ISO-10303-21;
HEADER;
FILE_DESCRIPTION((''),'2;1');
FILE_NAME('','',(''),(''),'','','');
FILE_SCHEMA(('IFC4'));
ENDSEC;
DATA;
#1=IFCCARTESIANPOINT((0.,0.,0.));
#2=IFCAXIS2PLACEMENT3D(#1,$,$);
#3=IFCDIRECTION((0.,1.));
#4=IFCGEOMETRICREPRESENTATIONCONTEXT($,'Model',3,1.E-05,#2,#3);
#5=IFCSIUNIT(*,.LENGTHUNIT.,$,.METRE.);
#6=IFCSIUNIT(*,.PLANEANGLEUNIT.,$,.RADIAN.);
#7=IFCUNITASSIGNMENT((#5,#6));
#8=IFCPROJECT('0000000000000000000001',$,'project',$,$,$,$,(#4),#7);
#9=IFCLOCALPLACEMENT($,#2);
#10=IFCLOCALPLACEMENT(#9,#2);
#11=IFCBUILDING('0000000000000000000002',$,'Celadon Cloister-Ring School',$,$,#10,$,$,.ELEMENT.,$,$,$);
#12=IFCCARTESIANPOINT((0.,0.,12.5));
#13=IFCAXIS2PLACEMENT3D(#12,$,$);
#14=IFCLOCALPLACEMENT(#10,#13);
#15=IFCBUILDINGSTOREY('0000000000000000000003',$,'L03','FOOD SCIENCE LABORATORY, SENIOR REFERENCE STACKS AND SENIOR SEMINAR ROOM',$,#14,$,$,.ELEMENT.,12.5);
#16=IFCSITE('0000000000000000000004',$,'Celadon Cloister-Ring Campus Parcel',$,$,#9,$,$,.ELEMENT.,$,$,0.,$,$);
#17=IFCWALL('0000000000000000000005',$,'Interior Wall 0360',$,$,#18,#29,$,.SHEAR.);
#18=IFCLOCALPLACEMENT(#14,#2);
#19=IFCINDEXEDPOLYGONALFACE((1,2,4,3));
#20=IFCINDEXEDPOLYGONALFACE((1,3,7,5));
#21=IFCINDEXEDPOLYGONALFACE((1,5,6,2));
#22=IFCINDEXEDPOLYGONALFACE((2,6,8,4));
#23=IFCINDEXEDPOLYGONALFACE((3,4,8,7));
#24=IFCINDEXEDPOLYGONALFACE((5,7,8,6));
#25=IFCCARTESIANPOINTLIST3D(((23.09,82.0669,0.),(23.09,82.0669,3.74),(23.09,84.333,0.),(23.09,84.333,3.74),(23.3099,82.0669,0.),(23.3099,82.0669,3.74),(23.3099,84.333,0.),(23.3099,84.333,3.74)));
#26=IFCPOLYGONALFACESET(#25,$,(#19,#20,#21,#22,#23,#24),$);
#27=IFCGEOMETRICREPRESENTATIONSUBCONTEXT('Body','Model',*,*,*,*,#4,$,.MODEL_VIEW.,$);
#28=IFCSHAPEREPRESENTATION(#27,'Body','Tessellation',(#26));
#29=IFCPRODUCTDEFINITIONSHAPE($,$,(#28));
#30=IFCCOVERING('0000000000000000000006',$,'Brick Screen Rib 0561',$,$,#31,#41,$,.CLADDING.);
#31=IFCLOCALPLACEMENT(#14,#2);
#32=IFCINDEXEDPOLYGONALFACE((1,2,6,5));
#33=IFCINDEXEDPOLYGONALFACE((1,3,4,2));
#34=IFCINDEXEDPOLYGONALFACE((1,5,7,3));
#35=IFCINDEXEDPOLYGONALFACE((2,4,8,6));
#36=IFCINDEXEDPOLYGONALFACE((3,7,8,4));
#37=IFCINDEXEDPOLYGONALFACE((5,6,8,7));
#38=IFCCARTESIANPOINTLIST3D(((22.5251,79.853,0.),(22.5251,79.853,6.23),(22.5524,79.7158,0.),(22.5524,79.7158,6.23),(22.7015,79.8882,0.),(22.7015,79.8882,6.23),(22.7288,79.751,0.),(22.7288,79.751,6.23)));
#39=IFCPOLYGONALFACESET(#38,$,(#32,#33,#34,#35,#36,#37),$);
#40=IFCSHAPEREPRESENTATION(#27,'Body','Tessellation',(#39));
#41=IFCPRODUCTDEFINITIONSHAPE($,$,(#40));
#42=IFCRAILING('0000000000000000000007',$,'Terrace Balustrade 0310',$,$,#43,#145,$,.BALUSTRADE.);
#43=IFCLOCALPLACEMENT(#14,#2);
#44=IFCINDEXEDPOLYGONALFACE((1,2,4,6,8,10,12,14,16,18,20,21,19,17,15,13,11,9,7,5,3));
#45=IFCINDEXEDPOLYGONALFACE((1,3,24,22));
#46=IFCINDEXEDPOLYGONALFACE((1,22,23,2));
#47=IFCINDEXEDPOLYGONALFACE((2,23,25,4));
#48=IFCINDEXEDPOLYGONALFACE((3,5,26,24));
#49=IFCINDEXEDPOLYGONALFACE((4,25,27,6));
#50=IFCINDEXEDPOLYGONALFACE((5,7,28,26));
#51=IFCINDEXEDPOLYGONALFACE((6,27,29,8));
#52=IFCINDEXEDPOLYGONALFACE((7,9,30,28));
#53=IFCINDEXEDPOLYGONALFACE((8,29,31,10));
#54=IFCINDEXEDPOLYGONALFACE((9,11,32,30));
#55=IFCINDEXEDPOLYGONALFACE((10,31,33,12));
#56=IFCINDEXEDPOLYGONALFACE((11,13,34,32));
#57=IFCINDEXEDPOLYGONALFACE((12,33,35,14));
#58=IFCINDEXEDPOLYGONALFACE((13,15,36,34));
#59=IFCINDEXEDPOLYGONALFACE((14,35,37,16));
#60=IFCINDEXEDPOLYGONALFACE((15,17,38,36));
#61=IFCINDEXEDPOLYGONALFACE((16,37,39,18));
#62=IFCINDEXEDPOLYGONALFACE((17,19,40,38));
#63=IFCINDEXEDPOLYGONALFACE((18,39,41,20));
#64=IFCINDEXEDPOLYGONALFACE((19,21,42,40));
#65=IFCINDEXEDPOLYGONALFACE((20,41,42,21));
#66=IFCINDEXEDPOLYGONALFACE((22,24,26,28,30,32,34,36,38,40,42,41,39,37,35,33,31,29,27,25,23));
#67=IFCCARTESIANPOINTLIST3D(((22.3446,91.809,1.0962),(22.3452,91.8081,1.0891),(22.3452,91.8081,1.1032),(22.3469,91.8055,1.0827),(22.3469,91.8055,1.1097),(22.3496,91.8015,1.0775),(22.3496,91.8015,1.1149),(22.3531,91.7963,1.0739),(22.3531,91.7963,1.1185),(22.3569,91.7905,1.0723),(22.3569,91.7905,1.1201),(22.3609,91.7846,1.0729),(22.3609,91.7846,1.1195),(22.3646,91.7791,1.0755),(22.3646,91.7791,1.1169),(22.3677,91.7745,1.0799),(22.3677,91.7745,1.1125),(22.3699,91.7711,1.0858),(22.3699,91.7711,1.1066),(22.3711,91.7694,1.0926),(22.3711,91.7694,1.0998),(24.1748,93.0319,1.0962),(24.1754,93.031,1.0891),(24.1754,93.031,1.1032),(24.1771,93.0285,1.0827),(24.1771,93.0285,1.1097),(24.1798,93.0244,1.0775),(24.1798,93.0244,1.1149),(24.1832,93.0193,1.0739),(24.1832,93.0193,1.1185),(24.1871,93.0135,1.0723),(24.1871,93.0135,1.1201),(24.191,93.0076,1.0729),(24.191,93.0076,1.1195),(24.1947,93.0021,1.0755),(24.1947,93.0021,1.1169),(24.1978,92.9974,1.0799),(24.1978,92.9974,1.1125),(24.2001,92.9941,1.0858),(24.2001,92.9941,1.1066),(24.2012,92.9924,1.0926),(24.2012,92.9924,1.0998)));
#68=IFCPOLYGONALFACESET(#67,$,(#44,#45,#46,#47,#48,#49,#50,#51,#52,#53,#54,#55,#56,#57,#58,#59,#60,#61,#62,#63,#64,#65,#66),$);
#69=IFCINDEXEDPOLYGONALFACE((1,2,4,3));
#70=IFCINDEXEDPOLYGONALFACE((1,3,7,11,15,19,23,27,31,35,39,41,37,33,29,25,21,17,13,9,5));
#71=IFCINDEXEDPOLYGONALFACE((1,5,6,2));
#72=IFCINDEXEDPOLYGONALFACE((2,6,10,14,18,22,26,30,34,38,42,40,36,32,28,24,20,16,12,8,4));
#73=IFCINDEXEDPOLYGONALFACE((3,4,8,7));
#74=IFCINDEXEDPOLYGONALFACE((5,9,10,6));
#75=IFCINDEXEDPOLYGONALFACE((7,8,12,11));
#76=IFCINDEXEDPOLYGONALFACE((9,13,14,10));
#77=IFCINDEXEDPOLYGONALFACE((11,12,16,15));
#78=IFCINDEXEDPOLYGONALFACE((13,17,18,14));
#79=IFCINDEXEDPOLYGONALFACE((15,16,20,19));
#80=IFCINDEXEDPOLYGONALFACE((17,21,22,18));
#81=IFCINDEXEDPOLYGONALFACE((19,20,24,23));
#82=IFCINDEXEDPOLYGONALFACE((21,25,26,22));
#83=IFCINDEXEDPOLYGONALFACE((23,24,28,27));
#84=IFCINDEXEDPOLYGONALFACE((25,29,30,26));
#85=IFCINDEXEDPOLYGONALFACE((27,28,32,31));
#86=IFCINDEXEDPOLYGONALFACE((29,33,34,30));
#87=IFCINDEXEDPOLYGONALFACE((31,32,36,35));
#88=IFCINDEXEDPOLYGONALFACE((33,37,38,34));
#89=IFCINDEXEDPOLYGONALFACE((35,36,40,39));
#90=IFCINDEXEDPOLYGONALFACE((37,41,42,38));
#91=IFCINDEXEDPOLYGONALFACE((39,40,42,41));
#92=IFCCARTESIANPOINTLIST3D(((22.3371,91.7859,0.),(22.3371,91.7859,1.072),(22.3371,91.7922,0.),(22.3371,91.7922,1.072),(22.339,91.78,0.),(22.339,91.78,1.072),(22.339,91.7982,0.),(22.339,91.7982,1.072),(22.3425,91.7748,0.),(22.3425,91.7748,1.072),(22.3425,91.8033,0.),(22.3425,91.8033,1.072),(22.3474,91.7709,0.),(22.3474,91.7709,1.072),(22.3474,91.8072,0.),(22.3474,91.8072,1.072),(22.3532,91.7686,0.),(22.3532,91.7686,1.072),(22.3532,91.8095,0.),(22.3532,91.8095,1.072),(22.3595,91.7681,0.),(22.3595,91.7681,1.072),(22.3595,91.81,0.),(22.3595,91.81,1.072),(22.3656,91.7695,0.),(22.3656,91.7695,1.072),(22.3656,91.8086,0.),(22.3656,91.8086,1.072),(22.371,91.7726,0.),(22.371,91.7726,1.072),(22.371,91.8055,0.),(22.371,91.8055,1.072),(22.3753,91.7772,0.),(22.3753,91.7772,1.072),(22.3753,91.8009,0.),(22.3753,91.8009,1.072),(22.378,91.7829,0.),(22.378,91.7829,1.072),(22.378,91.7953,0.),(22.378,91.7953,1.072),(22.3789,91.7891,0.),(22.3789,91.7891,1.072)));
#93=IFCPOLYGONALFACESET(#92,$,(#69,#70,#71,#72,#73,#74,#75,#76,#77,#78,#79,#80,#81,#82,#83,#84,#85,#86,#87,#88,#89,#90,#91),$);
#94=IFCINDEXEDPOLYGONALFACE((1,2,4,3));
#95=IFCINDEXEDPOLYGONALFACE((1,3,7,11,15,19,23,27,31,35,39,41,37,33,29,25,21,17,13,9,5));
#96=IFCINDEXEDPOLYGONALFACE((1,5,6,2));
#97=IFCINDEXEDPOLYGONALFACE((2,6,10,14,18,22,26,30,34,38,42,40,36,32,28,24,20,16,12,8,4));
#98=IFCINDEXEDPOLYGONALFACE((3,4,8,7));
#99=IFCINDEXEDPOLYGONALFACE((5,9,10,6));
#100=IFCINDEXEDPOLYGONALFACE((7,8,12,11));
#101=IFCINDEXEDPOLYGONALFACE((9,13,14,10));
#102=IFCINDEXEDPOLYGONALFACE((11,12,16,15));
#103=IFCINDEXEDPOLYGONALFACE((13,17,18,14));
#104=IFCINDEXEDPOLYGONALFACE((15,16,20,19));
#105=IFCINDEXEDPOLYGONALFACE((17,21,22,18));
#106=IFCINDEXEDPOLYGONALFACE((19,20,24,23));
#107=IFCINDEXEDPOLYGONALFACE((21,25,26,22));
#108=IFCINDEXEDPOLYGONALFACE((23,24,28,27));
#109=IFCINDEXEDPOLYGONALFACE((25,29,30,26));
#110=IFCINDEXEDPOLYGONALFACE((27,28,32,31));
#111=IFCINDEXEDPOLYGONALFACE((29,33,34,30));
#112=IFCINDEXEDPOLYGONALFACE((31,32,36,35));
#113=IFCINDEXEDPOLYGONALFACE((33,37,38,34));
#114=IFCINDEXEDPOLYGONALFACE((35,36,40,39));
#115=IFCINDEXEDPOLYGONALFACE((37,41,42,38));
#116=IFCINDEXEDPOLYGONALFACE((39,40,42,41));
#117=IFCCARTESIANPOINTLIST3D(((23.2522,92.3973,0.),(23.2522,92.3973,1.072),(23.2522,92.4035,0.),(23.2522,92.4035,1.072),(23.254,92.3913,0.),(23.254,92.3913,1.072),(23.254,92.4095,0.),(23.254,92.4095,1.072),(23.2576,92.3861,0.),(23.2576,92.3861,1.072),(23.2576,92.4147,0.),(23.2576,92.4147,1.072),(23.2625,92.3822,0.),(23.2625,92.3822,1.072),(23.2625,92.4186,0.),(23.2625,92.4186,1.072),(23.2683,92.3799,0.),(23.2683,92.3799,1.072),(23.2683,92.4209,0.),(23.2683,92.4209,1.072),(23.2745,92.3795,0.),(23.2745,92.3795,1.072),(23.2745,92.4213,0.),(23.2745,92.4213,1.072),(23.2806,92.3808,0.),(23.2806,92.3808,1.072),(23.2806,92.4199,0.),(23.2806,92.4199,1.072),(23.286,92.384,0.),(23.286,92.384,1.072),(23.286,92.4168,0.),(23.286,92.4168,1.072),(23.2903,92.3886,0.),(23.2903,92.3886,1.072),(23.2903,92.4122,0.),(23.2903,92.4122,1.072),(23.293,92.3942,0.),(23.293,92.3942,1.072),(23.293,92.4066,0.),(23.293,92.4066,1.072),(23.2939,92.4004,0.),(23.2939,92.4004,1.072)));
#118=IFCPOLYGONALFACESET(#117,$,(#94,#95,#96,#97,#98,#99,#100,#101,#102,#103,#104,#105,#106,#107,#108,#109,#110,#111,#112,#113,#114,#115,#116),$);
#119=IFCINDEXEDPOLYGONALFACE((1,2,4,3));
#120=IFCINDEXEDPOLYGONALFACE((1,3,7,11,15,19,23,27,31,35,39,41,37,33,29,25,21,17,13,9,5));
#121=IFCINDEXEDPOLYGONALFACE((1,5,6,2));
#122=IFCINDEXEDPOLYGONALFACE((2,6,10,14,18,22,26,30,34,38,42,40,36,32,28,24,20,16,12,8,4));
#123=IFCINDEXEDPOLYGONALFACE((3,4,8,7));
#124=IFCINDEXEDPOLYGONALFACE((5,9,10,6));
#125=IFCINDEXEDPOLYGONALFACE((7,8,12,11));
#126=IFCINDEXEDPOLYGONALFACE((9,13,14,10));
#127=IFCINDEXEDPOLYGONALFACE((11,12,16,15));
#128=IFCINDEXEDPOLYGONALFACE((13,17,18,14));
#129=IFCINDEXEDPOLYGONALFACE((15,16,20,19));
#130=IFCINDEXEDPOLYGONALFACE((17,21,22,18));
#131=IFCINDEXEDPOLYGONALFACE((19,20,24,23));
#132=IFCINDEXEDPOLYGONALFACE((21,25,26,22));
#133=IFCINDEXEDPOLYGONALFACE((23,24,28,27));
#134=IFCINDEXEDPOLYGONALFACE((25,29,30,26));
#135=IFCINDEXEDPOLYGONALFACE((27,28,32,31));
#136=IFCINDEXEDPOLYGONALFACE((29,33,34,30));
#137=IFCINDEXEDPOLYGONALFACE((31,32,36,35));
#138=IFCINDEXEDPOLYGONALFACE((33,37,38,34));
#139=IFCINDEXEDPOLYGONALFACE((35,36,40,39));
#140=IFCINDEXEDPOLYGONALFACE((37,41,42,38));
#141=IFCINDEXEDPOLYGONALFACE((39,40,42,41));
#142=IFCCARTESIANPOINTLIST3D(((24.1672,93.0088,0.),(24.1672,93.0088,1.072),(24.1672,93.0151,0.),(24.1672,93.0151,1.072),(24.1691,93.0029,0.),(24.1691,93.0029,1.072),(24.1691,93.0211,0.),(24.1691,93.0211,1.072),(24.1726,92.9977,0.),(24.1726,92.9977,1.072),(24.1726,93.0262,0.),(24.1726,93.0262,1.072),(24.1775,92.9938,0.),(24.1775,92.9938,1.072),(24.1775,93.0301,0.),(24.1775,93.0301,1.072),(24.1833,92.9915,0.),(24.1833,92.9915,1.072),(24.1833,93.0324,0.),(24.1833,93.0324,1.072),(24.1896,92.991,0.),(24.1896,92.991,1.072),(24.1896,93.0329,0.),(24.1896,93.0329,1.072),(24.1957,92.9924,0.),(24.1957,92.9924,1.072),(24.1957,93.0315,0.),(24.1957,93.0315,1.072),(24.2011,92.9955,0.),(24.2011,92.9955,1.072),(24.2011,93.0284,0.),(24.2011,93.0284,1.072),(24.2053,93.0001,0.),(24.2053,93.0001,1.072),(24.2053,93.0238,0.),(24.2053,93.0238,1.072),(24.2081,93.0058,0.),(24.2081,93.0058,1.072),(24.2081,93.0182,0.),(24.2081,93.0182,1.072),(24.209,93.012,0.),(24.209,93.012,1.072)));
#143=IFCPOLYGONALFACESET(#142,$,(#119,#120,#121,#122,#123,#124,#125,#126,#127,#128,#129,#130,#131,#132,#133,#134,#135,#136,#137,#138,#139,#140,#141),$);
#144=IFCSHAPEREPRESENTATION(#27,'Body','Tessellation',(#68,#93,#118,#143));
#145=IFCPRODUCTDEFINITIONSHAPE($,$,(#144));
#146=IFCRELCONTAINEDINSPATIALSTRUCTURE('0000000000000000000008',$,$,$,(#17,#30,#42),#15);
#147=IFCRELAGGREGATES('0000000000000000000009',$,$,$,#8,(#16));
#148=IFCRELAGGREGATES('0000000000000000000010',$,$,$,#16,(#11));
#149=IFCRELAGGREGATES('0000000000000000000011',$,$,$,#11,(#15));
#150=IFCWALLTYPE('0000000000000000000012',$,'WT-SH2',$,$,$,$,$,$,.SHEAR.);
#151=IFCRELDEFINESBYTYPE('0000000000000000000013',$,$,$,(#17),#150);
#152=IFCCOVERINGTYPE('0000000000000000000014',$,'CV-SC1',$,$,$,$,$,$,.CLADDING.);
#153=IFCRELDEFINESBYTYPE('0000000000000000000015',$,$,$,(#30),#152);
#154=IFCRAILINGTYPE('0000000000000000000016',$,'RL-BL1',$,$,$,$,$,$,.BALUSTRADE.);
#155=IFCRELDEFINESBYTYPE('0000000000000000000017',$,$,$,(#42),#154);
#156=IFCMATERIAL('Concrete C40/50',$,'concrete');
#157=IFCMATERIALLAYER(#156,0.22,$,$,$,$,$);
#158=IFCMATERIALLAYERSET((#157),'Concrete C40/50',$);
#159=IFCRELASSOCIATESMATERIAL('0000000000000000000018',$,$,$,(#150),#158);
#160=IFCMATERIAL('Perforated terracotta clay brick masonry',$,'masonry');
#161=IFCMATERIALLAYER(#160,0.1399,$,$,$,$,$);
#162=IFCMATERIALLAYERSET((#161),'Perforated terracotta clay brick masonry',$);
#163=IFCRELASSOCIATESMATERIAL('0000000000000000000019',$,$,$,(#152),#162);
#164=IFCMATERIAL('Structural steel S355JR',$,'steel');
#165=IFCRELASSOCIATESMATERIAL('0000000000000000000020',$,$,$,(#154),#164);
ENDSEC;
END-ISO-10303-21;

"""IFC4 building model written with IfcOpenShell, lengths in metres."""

from ifc_helpers import new_model, si_unit, direction, frame, frame_2d, origin, origin_2d, place, context, subcontext, project, spatial, rectangle, circle, extrude, material, layer, layer_set, type_object, element, save


model = new_model("IFC4")

# Units and contexts
model_context = context("Model", 3, precision=1e-05, world=origin(), true_north=direction((0.0, 1.0)))
body_context = subcontext(model_context, "Body", "Model", "MODEL_VIEW")
ifc_project = project(units=[si_unit("LENGTHUNIT", "METRE"), si_unit("PLANEANGLEUNIT", "RADIAN")], contexts=[model_context])

# Site, building, storey
site_placement = place(None, origin())
site = spatial("IfcSite", under=ifc_project, at=site_placement, Name="Celadon Cloister-Ring Campus Parcel", CompositionType="ELEMENT", RefElevation=0.0)
building_placement = place(site_placement, origin())
building = spatial("IfcBuilding", under=site, at=building_placement, Name="Celadon Cloister-Ring School", CompositionType="ELEMENT")
storey_placement = place(building_placement, frame((0.0, 0.0, 12.5)))
storey = spatial("IfcBuildingStorey", under=building, at=storey_placement, Name="L03", Description="FOOD SCIENCE LABORATORY, SENIOR REFERENCE STACKS AND SENIOR SEMINAR ROOM", CompositionType="ELEMENT", Elevation=12.5)

# Wall
ifc_material_1 = material(Name="Concrete C40/50", Category="concrete")
ifc_layer_1 = layer(ifc_material_1, 0.22)
ifc_layer_set_1 = layer_set([ifc_layer_1], Name="Concrete C40/50")
wall_type_1 = type_object("IfcWallType", Name="WT-SH2", PredefinedType="SHEAR", material=ifc_layer_set_1)
wall_1_placement = place(storey_placement, frame((23.2, 82.0669, 0.0), z_axis=(0.0, 0.0, 1.0), x_axis=(0.0, 1.0, 0.0)))
element("IfcWall", 1, at=wall_1_placement, inside=storey, type_object=wall_type_1, Name="Interior Wall 0360", PredefinedType="SHEAR", context=body_context, shape_type="SweptSolid", body=[
    extrude(rectangle(XDim=2.2661, YDim=0.22, at=frame_2d((1.1331, 0.0))), origin(), (0.0, 0.0, 1.0), 3.74),
])

# Covering
ifc_material_2 = material(Name="Perforated terracotta clay brick masonry", Category="masonry")
ifc_layer_2 = layer(ifc_material_2, 0.1399)
ifc_layer_set_2 = layer_set([ifc_layer_2], Name="Perforated terracotta clay brick masonry")
covering_type = type_object("IfcCoveringType", Name="CV-SC1", PredefinedType="CLADDING", material=ifc_layer_set_2)
covering_placement = place(storey_placement, frame((22.627, 79.802, 0.0), z_axis=(0.0, 0.0, 1.0), x_axis=(-0.980775, -0.195142, 0.0)))
element("IfcCovering", 2, at=covering_placement, inside=storey, type_object=covering_type, Name="Brick Screen Rib 0561", PredefinedType="CLADDING", context=body_context, shape_type="SweptSolid", body=[
    extrude(rectangle(XDim=0.1799, YDim=0.1399, at=origin_2d()), origin(), (0.0, 0.0, 1.0), 6.23),
])

# Railing
ifc_material_3 = material(Name="Structural steel S355JR", Category="steel")
railing_type = type_object("IfcRailingType", Name="RL-BL1", PredefinedType="BALUSTRADE", material=ifc_material_3)
railing_placement = place(storey_placement, frame((22.3579, 91.7891, 0.0)))
element("IfcRailing", 3, at=railing_placement, inside=storey, type_object=railing_type, Name="Terrace Balustrade 0310", PredefinedType="BALUSTRADE", context=body_context, shape_type="SweptSolid", body=[
    extrude(circle(Radius=0.0239, at=origin_2d()), frame((0.0, 0.0, 1.0962), z_axis=(0.831453, 0.555596, 0.0), x_axis=(-0.555596, 0.831453, 0.0)), (0.0, 0.0, 1.0), 2.2012),
    extrude(circle(Radius=0.021, at=origin_2d()), origin(), (0.0, 0.0, 1.0), 1.072),
    extrude(circle(Radius=0.021, at=origin_2d()), frame((0.915, 0.6113, 0.0)), (0.0, 0.0, 1.0), 1.072),
    extrude(circle(Radius=0.021, at=origin_2d()), frame((1.8301, 1.2229, 0.0)), (0.0, 0.0, 1.0), 1.072),
])

save(model, "model.ifc")
